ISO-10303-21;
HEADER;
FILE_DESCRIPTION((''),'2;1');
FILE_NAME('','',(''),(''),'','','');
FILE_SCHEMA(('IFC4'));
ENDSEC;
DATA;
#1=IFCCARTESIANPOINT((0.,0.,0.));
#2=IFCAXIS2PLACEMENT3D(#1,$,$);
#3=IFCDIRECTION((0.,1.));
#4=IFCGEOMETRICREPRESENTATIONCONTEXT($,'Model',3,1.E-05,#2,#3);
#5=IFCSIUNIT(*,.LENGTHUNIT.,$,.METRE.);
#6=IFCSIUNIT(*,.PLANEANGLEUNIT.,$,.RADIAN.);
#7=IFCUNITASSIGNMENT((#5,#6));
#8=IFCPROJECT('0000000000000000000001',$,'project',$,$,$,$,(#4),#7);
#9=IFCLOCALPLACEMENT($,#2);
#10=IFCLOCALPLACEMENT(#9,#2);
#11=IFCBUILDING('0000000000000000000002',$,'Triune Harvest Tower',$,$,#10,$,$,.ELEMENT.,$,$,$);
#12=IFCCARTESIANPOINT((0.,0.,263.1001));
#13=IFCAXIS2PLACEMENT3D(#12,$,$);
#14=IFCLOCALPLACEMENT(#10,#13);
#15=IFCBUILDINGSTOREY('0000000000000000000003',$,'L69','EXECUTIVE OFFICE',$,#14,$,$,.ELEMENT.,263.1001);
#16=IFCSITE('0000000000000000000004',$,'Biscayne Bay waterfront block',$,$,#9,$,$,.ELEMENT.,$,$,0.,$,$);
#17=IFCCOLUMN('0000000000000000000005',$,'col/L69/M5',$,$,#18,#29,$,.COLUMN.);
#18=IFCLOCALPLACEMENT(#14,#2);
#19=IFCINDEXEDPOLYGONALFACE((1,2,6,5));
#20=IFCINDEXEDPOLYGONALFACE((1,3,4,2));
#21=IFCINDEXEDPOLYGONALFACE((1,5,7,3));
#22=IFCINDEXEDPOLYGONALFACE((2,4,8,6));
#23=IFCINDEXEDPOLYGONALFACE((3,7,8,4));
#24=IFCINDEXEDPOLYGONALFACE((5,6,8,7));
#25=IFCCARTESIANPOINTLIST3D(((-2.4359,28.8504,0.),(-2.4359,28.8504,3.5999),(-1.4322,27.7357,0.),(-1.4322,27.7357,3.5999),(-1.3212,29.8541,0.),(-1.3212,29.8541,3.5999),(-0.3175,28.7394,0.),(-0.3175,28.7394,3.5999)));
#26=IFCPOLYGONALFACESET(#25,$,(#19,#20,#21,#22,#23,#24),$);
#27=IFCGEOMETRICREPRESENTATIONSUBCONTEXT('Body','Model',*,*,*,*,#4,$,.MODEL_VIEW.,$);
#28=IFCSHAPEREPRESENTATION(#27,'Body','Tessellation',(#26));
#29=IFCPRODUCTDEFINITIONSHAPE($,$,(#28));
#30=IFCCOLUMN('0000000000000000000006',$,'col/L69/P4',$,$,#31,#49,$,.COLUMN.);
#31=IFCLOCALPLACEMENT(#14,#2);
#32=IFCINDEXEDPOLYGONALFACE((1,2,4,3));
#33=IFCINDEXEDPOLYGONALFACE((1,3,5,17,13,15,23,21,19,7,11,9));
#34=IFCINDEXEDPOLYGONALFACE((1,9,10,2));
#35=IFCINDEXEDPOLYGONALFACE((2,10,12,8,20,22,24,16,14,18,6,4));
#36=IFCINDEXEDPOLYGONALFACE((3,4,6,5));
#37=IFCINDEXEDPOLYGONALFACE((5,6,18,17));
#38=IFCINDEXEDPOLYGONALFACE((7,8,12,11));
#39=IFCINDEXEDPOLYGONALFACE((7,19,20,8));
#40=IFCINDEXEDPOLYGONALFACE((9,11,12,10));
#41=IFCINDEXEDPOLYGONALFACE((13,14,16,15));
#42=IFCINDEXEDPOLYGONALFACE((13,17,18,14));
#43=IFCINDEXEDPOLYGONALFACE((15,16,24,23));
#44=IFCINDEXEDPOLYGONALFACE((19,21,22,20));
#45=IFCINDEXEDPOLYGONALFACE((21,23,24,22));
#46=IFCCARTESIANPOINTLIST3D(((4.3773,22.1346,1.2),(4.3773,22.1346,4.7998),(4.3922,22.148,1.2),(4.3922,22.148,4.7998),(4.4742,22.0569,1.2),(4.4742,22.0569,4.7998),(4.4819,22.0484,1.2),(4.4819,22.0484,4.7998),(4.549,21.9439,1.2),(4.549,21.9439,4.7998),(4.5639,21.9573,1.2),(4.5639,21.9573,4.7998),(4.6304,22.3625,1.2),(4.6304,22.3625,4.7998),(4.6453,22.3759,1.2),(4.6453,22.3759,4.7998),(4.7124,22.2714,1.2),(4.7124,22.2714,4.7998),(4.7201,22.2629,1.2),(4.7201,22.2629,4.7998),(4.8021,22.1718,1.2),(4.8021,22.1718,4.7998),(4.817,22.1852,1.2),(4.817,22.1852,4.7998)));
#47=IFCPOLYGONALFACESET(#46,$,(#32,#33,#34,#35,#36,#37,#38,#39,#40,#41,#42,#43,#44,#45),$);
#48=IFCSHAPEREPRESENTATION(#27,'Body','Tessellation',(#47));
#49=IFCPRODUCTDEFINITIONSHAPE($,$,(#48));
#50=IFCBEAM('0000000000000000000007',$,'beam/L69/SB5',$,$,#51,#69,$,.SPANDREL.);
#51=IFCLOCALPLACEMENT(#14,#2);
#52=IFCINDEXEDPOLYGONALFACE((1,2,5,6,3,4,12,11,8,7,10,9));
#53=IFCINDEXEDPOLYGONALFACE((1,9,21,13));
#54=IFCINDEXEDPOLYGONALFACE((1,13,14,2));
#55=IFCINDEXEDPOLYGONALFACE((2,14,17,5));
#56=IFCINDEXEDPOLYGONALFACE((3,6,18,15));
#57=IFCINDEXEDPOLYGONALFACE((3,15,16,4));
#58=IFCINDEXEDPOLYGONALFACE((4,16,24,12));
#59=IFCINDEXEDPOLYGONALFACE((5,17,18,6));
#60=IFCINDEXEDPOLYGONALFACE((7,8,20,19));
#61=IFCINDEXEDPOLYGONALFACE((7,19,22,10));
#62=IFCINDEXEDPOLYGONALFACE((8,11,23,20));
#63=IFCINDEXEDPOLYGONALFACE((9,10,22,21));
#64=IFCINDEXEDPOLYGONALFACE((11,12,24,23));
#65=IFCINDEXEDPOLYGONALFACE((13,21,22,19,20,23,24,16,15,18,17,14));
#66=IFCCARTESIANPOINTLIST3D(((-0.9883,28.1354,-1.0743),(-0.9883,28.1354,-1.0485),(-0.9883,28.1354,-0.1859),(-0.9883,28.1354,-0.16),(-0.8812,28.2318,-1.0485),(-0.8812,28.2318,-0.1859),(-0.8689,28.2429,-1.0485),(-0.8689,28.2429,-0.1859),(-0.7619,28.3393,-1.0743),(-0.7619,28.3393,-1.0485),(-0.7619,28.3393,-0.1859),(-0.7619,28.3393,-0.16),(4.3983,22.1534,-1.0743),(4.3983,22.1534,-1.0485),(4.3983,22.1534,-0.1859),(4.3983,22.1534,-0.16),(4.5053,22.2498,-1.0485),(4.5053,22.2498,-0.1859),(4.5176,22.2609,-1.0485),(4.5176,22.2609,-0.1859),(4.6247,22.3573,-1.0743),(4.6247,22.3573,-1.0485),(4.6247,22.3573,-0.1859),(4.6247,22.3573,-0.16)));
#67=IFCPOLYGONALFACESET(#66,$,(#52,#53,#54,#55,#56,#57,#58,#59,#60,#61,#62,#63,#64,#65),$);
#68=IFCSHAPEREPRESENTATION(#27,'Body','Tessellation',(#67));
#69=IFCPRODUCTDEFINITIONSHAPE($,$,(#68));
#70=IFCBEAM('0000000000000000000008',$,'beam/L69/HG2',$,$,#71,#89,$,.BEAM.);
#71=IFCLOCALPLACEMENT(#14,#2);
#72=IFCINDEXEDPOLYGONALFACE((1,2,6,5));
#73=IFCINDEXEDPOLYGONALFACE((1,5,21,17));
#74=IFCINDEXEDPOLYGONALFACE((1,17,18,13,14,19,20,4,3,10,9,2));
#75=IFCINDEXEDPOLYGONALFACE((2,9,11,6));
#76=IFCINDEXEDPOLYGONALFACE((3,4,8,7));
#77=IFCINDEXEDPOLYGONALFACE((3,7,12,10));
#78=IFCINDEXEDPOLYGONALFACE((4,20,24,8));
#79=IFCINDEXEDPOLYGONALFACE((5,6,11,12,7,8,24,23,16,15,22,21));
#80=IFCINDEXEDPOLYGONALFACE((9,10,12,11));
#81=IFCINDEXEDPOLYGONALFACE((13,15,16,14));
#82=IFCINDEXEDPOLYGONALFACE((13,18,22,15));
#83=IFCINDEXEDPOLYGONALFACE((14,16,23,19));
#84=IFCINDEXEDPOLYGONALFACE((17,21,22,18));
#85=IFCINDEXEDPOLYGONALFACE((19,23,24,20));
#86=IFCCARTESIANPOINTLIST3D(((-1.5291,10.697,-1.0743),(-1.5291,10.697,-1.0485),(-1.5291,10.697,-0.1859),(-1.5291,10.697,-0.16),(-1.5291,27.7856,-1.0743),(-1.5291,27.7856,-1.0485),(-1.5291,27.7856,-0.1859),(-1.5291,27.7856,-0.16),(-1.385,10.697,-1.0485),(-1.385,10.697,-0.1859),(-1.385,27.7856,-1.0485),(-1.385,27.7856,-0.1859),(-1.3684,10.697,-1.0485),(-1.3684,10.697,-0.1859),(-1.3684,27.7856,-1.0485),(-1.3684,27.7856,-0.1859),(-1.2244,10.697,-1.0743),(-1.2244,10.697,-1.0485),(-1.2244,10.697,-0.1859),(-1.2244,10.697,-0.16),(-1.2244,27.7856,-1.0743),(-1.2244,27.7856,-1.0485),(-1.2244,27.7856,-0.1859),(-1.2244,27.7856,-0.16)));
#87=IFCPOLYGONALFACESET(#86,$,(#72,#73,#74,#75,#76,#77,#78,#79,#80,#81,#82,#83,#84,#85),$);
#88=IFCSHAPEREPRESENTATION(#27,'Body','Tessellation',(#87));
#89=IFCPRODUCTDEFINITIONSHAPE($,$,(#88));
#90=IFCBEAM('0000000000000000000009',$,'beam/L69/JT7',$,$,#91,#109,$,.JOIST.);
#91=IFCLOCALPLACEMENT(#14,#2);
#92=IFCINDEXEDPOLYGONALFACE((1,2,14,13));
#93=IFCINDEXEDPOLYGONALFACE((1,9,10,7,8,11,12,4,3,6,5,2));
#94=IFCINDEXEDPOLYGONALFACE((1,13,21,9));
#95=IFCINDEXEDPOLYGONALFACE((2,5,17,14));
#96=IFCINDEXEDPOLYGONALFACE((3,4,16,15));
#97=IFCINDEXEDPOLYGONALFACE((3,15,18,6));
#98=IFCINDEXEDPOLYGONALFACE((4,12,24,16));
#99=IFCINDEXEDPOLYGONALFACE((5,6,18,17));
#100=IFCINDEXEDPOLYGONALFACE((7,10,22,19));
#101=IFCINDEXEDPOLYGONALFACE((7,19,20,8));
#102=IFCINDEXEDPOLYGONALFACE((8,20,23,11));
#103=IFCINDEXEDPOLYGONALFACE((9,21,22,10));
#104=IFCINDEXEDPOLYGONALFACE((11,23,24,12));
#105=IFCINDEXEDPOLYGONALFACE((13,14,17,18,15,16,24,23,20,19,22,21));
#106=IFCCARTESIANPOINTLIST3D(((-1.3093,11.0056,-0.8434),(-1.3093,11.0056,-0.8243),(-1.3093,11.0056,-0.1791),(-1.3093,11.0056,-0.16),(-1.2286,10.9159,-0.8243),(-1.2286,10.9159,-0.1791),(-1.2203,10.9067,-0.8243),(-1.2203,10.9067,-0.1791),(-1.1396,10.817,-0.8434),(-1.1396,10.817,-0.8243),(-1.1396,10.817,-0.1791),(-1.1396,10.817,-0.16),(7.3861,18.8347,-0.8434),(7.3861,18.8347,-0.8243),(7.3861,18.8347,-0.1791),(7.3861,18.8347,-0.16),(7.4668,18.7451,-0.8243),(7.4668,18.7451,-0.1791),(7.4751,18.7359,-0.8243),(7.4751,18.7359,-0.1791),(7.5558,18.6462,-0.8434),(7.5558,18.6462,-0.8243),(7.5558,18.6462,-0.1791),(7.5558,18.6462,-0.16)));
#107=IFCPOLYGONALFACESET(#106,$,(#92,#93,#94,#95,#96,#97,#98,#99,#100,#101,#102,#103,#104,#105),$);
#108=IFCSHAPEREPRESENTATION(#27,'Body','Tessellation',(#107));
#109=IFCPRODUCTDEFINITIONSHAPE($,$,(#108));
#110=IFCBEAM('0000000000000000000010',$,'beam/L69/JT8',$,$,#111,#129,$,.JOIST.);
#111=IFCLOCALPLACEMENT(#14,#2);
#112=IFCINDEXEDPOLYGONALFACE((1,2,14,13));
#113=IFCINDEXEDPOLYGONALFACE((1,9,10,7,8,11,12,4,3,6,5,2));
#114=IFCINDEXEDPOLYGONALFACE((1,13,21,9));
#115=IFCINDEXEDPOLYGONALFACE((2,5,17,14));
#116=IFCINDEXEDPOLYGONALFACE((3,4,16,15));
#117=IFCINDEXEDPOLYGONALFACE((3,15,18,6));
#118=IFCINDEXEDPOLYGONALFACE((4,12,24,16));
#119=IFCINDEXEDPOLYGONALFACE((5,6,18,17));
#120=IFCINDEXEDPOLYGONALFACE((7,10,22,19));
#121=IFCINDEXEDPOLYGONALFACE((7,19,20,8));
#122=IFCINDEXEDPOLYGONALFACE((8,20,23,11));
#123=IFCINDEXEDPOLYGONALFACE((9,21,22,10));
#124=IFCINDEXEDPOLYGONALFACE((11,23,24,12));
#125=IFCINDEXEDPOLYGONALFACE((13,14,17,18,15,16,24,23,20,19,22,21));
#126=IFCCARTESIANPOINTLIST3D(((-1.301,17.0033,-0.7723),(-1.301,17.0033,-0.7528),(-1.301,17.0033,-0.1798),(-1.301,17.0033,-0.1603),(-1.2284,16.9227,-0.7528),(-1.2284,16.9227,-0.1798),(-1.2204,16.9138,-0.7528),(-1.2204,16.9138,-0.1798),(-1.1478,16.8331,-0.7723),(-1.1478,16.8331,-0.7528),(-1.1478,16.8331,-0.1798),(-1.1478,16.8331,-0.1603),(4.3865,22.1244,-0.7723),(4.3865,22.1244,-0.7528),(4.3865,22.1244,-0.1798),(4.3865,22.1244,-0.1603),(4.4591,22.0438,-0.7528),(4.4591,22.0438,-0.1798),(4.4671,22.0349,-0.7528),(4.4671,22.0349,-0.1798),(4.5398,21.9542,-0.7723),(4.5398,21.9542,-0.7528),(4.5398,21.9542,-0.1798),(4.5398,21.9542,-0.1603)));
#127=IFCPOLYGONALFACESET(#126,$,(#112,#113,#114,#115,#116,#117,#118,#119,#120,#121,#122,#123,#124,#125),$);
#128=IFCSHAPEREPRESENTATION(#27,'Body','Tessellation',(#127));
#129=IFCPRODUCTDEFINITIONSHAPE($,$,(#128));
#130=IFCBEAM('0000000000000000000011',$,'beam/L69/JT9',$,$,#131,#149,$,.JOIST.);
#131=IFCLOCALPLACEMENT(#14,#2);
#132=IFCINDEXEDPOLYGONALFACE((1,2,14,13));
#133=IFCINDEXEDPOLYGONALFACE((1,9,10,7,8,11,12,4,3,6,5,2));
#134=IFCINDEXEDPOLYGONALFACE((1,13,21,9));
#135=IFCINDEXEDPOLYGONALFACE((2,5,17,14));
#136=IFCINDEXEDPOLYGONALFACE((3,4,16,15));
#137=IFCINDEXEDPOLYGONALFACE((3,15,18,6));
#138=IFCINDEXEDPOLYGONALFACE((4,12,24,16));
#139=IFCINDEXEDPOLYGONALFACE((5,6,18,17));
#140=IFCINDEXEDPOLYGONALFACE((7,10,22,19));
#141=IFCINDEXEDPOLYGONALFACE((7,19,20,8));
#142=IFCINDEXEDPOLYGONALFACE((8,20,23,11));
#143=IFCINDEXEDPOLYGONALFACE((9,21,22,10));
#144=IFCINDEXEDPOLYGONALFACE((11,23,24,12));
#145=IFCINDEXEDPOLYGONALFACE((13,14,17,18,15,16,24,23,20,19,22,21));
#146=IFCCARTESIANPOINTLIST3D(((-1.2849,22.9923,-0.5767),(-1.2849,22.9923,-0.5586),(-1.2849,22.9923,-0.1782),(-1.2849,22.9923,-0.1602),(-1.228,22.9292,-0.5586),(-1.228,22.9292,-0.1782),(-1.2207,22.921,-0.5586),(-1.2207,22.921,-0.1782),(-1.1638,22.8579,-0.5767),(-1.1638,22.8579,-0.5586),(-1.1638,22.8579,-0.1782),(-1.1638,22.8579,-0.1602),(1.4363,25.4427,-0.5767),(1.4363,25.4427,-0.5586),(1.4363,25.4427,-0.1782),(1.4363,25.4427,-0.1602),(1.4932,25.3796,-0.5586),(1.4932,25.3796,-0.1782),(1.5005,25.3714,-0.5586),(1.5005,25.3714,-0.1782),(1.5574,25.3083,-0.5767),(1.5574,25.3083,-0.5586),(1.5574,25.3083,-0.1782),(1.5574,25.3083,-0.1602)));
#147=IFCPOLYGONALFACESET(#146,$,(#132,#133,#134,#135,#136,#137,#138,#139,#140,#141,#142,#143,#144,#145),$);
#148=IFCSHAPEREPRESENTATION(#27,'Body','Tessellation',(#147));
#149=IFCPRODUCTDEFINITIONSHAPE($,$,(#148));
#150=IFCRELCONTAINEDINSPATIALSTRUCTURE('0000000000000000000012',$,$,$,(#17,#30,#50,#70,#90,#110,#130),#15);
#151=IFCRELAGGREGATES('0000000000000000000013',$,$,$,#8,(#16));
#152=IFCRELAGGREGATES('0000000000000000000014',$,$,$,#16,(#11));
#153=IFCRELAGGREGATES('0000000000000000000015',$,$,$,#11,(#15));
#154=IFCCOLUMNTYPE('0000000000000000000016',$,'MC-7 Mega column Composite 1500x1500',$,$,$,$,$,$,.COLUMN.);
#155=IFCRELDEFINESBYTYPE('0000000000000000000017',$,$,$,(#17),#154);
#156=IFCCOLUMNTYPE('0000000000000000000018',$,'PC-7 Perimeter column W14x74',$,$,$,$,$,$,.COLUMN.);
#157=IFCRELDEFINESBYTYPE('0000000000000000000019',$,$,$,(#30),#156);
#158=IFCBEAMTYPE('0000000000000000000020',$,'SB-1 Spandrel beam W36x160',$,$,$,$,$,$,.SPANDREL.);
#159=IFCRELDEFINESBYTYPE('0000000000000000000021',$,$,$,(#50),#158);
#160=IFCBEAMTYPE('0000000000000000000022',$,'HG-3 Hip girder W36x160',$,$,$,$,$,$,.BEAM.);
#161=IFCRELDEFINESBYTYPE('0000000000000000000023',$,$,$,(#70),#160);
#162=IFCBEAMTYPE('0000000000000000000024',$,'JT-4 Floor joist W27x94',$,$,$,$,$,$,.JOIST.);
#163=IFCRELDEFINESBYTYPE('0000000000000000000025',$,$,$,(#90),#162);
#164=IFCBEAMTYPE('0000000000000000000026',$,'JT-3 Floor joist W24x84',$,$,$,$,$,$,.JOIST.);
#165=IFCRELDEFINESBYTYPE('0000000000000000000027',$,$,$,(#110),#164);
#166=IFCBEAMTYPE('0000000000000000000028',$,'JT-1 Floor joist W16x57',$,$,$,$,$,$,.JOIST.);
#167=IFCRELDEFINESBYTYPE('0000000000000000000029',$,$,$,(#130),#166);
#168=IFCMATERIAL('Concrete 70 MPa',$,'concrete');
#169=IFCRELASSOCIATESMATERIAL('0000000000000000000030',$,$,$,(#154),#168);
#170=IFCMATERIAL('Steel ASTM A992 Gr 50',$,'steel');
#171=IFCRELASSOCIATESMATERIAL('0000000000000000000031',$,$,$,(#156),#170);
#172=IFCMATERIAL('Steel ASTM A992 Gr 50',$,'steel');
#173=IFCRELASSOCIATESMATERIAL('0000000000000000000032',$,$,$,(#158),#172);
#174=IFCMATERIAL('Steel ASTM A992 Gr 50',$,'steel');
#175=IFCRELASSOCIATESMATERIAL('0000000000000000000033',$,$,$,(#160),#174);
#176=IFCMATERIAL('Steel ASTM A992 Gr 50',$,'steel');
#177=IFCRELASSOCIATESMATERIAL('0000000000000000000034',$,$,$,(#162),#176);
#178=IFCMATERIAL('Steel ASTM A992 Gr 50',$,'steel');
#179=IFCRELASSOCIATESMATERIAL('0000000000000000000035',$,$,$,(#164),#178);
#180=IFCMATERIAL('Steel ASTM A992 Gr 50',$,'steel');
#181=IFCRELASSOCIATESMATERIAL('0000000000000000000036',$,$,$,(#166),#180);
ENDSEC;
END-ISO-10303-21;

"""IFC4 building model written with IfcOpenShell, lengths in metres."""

from ifc_helpers import new_model, si_unit, direction, frame, origin, origin_2d, place, context, subcontext, project, spatial, rectangle, i_section, extrude, source, transform, mapped, material, material_profile, profile_set, type_object, element, save


model = new_model("IFC4")

# Units and contexts
model_context = context("Model", 3, precision=1e-05, world=origin(), true_north=direction((0.0, 1.0)))
body_context = subcontext(model_context, "Body", "Model", "MODEL_VIEW")
ifc_project = project(units=[si_unit("LENGTHUNIT", "METRE"), si_unit("PLANEANGLEUNIT", "RADIAN")], contexts=[model_context])

# Site, building, storey
site_placement = place(None, origin())
site = spatial("IfcSite", under=ifc_project, at=site_placement, Name="Biscayne Bay waterfront block", CompositionType="ELEMENT", RefElevation=0.0)
building_placement = place(site_placement, origin())
building = spatial("IfcBuilding", under=site, at=building_placement, Name="Triune Harvest Tower", CompositionType="ELEMENT")
storey_placement = place(building_placement, frame((0.0, 0.0, 263.1001)))
storey = spatial("IfcBuildingStorey", under=building, at=storey_placement, Name="L69", Description="EXECUTIVE OFFICE", CompositionType="ELEMENT", Elevation=263.1001)

# Columns
ifc_material_1 = material(Name="Concrete 70 MPa", Category="concrete")
ifc_material_profile_1 = material_profile(ifc_material_1, rectangle(XDim=1.5, YDim=1.5, at=origin_2d()), Name="Composite 1500x1500")
ifc_profile_set_1 = profile_set([ifc_material_profile_1], Name="Concrete 70 MPa")
column_type_1 = type_object("IfcColumnType", Name="MC-7 Mega column Composite 1500x1500", PredefinedType="COLUMN", material=ifc_profile_set_1)
shared_shape_1 = source(origin(), body_context, "Body", "SweptSolid", [
    extrude(rectangle(XDim=1.5, YDim=1.5, at=origin_2d()), origin(), (0.0, 0.0, 1.0), 3.5999),
])
column_1_placement = place(storey_placement, frame((-1.3767, 28.7949, 0.0), z_axis=(0.0, 0.0, 1.0), x_axis=(-0.669131, 0.743145, 0.0)))
element("IfcColumn", 1, at=column_1_placement, inside=storey, type_object=column_type_1, Name="col/L69/M5", PredefinedType="COLUMN", context=body_context, shape_type="MappedRepresentation", body=[
    mapped(shared_shape_1, transform((0.0, 0.0, 0.0), scale=1.0)),
])
ifc_material_2 = material(Name="Steel ASTM A992 Gr 50", Category="steel")
ifc_material_profile_2 = material_profile(ifc_material_2, i_section(OverallWidth=0.2566, OverallDepth=0.3606, WebThickness=0.0115, FlangeThickness=0.02, at=origin_2d()), Name="W14x74")
ifc_profile_set_2 = profile_set([ifc_material_profile_2], Name="Steel ASTM A992 Gr 50")
column_type_2 = type_object("IfcColumnType", Name="PC-7 Perimeter column W14x74", PredefinedType="COLUMN", material=ifc_profile_set_2)
shared_shape_2 = source(origin(), body_context, "Body", "SweptSolid", [
    extrude(i_section(OverallWidth=0.2566, OverallDepth=0.3606, WebThickness=0.0115, FlangeThickness=0.02, at=origin_2d()), origin(), (0.0, 0.0, 1.0), 3.5999),
])
column_2_placement = place(storey_placement, frame((4.5972, 22.1599, 1.2), z_axis=(0.0, 0.0, 1.0), x_axis=(-0.669131, 0.743145, 0.0)))
element("IfcColumn", 2, at=column_2_placement, inside=storey, type_object=column_type_2, Name="col/L69/P4", PredefinedType="COLUMN", context=body_context, shape_type="MappedRepresentation", body=[
    mapped(shared_shape_2, transform((0.0, 0.0, 0.0), scale=1.0)),
])

# Beams
ifc_material_3 = material(Name="Steel ASTM A992 Gr 50", Category="steel")
ifc_material_profile_3 = material_profile(ifc_material_3, i_section(OverallWidth=0.3047, OverallDepth=0.9143, WebThickness=0.0166, FlangeThickness=0.0259, at=origin_2d()), Name="W36x160")
ifc_profile_set_3 = profile_set([ifc_material_profile_3], Name="Steel ASTM A992 Gr 50")
beam_type_1 = type_object("IfcBeamType", Name="SB-1 Spandrel beam W36x160", PredefinedType="SPANDREL", material=ifc_profile_set_3)
shared_shape_3 = source(origin(), body_context, "Body", "SweptSolid", [
    extrude(i_section(OverallWidth=0.3047, OverallDepth=0.9143, WebThickness=0.0166, FlangeThickness=0.0259, at=origin_2d()), origin(), (0.0, 0.0, 1.0), 8.0498),
])
beam_1_placement = place(storey_placement, frame((4.5115, 22.2554, -0.6172), z_axis=(-0.669152, 0.743125, 0.0), x_axis=(-0.743125, -0.669152, 0.0)))
element("IfcBeam", 3, at=beam_1_placement, inside=storey, type_object=beam_type_1, Name="beam/L69/SB5", PredefinedType="SPANDREL", context=body_context, shape_type="MappedRepresentation", body=[
    mapped(shared_shape_3, transform((0.0, 0.0, 0.0), scale=1.0)),
])
ifc_material_4 = material(Name="Steel ASTM A992 Gr 50", Category="steel")
ifc_material_profile_4 = material_profile(ifc_material_4, i_section(OverallWidth=0.3047, OverallDepth=0.9143, WebThickness=0.0166, FlangeThickness=0.0259, at=origin_2d()), Name="W36x160")
ifc_profile_set_4 = profile_set([ifc_material_profile_4], Name="Steel ASTM A992 Gr 50")
beam_type_2 = type_object("IfcBeamType", Name="HG-3 Hip girder W36x160", PredefinedType="BEAM", material=ifc_profile_set_4)
shared_shape_4 = source(origin(), body_context, "Body", "SweptSolid", [
    extrude(i_section(OverallWidth=0.3047, OverallDepth=0.9143, WebThickness=0.0166, FlangeThickness=0.0259, at=origin_2d()), origin(), (0.0, 0.0, 1.0), 17.0886),
])
beam_2_placement = place(storey_placement, frame((-1.3767, 27.7856, -0.6172), z_axis=(0.0, -1.0, 0.0), x_axis=(1.0, 0.0, 0.0)))
element("IfcBeam", 4, at=beam_2_placement, inside=storey, type_object=beam_type_2, Name="beam/L69/HG2", PredefinedType="BEAM", context=body_context, shape_type="MappedRepresentation", body=[
    mapped(shared_shape_4, transform((0.0, 0.0, 0.0), scale=1.0)),
])
ifc_material_5 = material(Name="Steel ASTM A992 Gr 50", Category="steel")
ifc_material_profile_5 = material_profile(ifc_material_5, i_section(OverallWidth=0.2537, OverallDepth=0.6833, WebThickness=0.0125, FlangeThickness=0.019, at=origin_2d()), Name="W27x94")
ifc_profile_set_5 = profile_set([ifc_material_profile_5], Name="Steel ASTM A992 Gr 50")
beam_type_3 = type_object("IfcBeamType", Name="JT-4 Floor joist W27x94", PredefinedType="JOIST", material=ifc_profile_set_5)
shared_shape_5 = source(origin(), body_context, "Body", "SweptSolid", [
    extrude(i_section(OverallWidth=0.2537, OverallDepth=0.6833, WebThickness=0.0125, FlangeThickness=0.019, at=origin_2d()), origin(), (0.0, 0.0, 1.0), 11.7007),
])
beam_3_placement = place(storey_placement, frame((7.4709, 18.7405, -0.5017), z_axis=(-0.743153, -0.669121, 0.0), x_axis=(0.669121, -0.743153, 0.0)))
element("IfcBeam", 5, at=beam_3_placement, inside=storey, type_object=beam_type_3, Name="beam/L69/JT7", PredefinedType="JOIST", context=body_context, shape_type="MappedRepresentation", body=[
    mapped(shared_shape_5, transform((0.0, 0.0, 0.0), scale=1.0)),
])
ifc_material_6 = material(Name="Steel ASTM A992 Gr 50", Category="steel")
ifc_material_profile_6 = material_profile(ifc_material_6, i_section(OverallWidth=0.229, OverallDepth=0.6121, WebThickness=0.012, FlangeThickness=0.0195, at=origin_2d()), Name="W24x84")
ifc_profile_set_6 = profile_set([ifc_material_profile_6], Name="Steel ASTM A992 Gr 50")
beam_type_4 = type_object("IfcBeamType", Name="JT-3 Floor joist W24x84", PredefinedType="JOIST", material=ifc_profile_set_6)
shared_shape_6 = source(origin(), body_context, "Body", "SweptSolid", [
    extrude(i_section(OverallWidth=0.229, OverallDepth=0.6121, WebThickness=0.012, FlangeThickness=0.0195, at=origin_2d()), origin(), (0.0, 0.0, 1.0), 7.6533),
])
beam_4_placement = place(storey_placement, frame((4.4631, 22.0393, -0.4663), z_axis=(-0.743142, -0.669134, 0.0), x_axis=(0.669134, -0.743142, 0.0)))
element("IfcBeam", 6, at=beam_4_placement, inside=storey, type_object=beam_type_4, Name="beam/L69/JT8", PredefinedType="JOIST", context=body_context, shape_type="MappedRepresentation", body=[
    mapped(shared_shape_6, transform((0.0, 0.0, 0.0), scale=1.0)),
])
ifc_material_7 = material(Name="Steel ASTM A992 Gr 50", Category="steel")
ifc_material_profile_7 = material_profile(ifc_material_7, i_section(OverallWidth=0.1809, OverallDepth=0.4165, WebThickness=0.011, FlangeThickness=0.0181, at=origin_2d()), Name="W16x57")
ifc_profile_set_7 = profile_set([ifc_material_profile_7], Name="Steel ASTM A992 Gr 50")
beam_type_5 = type_object("IfcBeamType", Name="JT-1 Floor joist W16x57", PredefinedType="JOIST", material=ifc_profile_set_7)
shared_shape_7 = source(origin(), body_context, "Body", "SweptSolid", [
    extrude(i_section(OverallWidth=0.1809, OverallDepth=0.4165, WebThickness=0.011, FlangeThickness=0.0181, at=origin_2d()), origin(), (0.0, 0.0, 1.0), 3.6619),
])
beam_5_placement = place(storey_placement, frame((1.4968, 25.3755, -0.3684), z_axis=(-0.743108, -0.669171, 0.0), x_axis=(0.669171, -0.743108, 0.0)))
element("IfcBeam", 7, at=beam_5_placement, inside=storey, type_object=beam_type_5, Name="beam/L69/JT9", PredefinedType="JOIST", context=body_context, shape_type="MappedRepresentation", body=[
    mapped(shared_shape_7, transform((0.0, 0.0, 0.0), scale=1.0)),
])

save(model, "model.ifc")
